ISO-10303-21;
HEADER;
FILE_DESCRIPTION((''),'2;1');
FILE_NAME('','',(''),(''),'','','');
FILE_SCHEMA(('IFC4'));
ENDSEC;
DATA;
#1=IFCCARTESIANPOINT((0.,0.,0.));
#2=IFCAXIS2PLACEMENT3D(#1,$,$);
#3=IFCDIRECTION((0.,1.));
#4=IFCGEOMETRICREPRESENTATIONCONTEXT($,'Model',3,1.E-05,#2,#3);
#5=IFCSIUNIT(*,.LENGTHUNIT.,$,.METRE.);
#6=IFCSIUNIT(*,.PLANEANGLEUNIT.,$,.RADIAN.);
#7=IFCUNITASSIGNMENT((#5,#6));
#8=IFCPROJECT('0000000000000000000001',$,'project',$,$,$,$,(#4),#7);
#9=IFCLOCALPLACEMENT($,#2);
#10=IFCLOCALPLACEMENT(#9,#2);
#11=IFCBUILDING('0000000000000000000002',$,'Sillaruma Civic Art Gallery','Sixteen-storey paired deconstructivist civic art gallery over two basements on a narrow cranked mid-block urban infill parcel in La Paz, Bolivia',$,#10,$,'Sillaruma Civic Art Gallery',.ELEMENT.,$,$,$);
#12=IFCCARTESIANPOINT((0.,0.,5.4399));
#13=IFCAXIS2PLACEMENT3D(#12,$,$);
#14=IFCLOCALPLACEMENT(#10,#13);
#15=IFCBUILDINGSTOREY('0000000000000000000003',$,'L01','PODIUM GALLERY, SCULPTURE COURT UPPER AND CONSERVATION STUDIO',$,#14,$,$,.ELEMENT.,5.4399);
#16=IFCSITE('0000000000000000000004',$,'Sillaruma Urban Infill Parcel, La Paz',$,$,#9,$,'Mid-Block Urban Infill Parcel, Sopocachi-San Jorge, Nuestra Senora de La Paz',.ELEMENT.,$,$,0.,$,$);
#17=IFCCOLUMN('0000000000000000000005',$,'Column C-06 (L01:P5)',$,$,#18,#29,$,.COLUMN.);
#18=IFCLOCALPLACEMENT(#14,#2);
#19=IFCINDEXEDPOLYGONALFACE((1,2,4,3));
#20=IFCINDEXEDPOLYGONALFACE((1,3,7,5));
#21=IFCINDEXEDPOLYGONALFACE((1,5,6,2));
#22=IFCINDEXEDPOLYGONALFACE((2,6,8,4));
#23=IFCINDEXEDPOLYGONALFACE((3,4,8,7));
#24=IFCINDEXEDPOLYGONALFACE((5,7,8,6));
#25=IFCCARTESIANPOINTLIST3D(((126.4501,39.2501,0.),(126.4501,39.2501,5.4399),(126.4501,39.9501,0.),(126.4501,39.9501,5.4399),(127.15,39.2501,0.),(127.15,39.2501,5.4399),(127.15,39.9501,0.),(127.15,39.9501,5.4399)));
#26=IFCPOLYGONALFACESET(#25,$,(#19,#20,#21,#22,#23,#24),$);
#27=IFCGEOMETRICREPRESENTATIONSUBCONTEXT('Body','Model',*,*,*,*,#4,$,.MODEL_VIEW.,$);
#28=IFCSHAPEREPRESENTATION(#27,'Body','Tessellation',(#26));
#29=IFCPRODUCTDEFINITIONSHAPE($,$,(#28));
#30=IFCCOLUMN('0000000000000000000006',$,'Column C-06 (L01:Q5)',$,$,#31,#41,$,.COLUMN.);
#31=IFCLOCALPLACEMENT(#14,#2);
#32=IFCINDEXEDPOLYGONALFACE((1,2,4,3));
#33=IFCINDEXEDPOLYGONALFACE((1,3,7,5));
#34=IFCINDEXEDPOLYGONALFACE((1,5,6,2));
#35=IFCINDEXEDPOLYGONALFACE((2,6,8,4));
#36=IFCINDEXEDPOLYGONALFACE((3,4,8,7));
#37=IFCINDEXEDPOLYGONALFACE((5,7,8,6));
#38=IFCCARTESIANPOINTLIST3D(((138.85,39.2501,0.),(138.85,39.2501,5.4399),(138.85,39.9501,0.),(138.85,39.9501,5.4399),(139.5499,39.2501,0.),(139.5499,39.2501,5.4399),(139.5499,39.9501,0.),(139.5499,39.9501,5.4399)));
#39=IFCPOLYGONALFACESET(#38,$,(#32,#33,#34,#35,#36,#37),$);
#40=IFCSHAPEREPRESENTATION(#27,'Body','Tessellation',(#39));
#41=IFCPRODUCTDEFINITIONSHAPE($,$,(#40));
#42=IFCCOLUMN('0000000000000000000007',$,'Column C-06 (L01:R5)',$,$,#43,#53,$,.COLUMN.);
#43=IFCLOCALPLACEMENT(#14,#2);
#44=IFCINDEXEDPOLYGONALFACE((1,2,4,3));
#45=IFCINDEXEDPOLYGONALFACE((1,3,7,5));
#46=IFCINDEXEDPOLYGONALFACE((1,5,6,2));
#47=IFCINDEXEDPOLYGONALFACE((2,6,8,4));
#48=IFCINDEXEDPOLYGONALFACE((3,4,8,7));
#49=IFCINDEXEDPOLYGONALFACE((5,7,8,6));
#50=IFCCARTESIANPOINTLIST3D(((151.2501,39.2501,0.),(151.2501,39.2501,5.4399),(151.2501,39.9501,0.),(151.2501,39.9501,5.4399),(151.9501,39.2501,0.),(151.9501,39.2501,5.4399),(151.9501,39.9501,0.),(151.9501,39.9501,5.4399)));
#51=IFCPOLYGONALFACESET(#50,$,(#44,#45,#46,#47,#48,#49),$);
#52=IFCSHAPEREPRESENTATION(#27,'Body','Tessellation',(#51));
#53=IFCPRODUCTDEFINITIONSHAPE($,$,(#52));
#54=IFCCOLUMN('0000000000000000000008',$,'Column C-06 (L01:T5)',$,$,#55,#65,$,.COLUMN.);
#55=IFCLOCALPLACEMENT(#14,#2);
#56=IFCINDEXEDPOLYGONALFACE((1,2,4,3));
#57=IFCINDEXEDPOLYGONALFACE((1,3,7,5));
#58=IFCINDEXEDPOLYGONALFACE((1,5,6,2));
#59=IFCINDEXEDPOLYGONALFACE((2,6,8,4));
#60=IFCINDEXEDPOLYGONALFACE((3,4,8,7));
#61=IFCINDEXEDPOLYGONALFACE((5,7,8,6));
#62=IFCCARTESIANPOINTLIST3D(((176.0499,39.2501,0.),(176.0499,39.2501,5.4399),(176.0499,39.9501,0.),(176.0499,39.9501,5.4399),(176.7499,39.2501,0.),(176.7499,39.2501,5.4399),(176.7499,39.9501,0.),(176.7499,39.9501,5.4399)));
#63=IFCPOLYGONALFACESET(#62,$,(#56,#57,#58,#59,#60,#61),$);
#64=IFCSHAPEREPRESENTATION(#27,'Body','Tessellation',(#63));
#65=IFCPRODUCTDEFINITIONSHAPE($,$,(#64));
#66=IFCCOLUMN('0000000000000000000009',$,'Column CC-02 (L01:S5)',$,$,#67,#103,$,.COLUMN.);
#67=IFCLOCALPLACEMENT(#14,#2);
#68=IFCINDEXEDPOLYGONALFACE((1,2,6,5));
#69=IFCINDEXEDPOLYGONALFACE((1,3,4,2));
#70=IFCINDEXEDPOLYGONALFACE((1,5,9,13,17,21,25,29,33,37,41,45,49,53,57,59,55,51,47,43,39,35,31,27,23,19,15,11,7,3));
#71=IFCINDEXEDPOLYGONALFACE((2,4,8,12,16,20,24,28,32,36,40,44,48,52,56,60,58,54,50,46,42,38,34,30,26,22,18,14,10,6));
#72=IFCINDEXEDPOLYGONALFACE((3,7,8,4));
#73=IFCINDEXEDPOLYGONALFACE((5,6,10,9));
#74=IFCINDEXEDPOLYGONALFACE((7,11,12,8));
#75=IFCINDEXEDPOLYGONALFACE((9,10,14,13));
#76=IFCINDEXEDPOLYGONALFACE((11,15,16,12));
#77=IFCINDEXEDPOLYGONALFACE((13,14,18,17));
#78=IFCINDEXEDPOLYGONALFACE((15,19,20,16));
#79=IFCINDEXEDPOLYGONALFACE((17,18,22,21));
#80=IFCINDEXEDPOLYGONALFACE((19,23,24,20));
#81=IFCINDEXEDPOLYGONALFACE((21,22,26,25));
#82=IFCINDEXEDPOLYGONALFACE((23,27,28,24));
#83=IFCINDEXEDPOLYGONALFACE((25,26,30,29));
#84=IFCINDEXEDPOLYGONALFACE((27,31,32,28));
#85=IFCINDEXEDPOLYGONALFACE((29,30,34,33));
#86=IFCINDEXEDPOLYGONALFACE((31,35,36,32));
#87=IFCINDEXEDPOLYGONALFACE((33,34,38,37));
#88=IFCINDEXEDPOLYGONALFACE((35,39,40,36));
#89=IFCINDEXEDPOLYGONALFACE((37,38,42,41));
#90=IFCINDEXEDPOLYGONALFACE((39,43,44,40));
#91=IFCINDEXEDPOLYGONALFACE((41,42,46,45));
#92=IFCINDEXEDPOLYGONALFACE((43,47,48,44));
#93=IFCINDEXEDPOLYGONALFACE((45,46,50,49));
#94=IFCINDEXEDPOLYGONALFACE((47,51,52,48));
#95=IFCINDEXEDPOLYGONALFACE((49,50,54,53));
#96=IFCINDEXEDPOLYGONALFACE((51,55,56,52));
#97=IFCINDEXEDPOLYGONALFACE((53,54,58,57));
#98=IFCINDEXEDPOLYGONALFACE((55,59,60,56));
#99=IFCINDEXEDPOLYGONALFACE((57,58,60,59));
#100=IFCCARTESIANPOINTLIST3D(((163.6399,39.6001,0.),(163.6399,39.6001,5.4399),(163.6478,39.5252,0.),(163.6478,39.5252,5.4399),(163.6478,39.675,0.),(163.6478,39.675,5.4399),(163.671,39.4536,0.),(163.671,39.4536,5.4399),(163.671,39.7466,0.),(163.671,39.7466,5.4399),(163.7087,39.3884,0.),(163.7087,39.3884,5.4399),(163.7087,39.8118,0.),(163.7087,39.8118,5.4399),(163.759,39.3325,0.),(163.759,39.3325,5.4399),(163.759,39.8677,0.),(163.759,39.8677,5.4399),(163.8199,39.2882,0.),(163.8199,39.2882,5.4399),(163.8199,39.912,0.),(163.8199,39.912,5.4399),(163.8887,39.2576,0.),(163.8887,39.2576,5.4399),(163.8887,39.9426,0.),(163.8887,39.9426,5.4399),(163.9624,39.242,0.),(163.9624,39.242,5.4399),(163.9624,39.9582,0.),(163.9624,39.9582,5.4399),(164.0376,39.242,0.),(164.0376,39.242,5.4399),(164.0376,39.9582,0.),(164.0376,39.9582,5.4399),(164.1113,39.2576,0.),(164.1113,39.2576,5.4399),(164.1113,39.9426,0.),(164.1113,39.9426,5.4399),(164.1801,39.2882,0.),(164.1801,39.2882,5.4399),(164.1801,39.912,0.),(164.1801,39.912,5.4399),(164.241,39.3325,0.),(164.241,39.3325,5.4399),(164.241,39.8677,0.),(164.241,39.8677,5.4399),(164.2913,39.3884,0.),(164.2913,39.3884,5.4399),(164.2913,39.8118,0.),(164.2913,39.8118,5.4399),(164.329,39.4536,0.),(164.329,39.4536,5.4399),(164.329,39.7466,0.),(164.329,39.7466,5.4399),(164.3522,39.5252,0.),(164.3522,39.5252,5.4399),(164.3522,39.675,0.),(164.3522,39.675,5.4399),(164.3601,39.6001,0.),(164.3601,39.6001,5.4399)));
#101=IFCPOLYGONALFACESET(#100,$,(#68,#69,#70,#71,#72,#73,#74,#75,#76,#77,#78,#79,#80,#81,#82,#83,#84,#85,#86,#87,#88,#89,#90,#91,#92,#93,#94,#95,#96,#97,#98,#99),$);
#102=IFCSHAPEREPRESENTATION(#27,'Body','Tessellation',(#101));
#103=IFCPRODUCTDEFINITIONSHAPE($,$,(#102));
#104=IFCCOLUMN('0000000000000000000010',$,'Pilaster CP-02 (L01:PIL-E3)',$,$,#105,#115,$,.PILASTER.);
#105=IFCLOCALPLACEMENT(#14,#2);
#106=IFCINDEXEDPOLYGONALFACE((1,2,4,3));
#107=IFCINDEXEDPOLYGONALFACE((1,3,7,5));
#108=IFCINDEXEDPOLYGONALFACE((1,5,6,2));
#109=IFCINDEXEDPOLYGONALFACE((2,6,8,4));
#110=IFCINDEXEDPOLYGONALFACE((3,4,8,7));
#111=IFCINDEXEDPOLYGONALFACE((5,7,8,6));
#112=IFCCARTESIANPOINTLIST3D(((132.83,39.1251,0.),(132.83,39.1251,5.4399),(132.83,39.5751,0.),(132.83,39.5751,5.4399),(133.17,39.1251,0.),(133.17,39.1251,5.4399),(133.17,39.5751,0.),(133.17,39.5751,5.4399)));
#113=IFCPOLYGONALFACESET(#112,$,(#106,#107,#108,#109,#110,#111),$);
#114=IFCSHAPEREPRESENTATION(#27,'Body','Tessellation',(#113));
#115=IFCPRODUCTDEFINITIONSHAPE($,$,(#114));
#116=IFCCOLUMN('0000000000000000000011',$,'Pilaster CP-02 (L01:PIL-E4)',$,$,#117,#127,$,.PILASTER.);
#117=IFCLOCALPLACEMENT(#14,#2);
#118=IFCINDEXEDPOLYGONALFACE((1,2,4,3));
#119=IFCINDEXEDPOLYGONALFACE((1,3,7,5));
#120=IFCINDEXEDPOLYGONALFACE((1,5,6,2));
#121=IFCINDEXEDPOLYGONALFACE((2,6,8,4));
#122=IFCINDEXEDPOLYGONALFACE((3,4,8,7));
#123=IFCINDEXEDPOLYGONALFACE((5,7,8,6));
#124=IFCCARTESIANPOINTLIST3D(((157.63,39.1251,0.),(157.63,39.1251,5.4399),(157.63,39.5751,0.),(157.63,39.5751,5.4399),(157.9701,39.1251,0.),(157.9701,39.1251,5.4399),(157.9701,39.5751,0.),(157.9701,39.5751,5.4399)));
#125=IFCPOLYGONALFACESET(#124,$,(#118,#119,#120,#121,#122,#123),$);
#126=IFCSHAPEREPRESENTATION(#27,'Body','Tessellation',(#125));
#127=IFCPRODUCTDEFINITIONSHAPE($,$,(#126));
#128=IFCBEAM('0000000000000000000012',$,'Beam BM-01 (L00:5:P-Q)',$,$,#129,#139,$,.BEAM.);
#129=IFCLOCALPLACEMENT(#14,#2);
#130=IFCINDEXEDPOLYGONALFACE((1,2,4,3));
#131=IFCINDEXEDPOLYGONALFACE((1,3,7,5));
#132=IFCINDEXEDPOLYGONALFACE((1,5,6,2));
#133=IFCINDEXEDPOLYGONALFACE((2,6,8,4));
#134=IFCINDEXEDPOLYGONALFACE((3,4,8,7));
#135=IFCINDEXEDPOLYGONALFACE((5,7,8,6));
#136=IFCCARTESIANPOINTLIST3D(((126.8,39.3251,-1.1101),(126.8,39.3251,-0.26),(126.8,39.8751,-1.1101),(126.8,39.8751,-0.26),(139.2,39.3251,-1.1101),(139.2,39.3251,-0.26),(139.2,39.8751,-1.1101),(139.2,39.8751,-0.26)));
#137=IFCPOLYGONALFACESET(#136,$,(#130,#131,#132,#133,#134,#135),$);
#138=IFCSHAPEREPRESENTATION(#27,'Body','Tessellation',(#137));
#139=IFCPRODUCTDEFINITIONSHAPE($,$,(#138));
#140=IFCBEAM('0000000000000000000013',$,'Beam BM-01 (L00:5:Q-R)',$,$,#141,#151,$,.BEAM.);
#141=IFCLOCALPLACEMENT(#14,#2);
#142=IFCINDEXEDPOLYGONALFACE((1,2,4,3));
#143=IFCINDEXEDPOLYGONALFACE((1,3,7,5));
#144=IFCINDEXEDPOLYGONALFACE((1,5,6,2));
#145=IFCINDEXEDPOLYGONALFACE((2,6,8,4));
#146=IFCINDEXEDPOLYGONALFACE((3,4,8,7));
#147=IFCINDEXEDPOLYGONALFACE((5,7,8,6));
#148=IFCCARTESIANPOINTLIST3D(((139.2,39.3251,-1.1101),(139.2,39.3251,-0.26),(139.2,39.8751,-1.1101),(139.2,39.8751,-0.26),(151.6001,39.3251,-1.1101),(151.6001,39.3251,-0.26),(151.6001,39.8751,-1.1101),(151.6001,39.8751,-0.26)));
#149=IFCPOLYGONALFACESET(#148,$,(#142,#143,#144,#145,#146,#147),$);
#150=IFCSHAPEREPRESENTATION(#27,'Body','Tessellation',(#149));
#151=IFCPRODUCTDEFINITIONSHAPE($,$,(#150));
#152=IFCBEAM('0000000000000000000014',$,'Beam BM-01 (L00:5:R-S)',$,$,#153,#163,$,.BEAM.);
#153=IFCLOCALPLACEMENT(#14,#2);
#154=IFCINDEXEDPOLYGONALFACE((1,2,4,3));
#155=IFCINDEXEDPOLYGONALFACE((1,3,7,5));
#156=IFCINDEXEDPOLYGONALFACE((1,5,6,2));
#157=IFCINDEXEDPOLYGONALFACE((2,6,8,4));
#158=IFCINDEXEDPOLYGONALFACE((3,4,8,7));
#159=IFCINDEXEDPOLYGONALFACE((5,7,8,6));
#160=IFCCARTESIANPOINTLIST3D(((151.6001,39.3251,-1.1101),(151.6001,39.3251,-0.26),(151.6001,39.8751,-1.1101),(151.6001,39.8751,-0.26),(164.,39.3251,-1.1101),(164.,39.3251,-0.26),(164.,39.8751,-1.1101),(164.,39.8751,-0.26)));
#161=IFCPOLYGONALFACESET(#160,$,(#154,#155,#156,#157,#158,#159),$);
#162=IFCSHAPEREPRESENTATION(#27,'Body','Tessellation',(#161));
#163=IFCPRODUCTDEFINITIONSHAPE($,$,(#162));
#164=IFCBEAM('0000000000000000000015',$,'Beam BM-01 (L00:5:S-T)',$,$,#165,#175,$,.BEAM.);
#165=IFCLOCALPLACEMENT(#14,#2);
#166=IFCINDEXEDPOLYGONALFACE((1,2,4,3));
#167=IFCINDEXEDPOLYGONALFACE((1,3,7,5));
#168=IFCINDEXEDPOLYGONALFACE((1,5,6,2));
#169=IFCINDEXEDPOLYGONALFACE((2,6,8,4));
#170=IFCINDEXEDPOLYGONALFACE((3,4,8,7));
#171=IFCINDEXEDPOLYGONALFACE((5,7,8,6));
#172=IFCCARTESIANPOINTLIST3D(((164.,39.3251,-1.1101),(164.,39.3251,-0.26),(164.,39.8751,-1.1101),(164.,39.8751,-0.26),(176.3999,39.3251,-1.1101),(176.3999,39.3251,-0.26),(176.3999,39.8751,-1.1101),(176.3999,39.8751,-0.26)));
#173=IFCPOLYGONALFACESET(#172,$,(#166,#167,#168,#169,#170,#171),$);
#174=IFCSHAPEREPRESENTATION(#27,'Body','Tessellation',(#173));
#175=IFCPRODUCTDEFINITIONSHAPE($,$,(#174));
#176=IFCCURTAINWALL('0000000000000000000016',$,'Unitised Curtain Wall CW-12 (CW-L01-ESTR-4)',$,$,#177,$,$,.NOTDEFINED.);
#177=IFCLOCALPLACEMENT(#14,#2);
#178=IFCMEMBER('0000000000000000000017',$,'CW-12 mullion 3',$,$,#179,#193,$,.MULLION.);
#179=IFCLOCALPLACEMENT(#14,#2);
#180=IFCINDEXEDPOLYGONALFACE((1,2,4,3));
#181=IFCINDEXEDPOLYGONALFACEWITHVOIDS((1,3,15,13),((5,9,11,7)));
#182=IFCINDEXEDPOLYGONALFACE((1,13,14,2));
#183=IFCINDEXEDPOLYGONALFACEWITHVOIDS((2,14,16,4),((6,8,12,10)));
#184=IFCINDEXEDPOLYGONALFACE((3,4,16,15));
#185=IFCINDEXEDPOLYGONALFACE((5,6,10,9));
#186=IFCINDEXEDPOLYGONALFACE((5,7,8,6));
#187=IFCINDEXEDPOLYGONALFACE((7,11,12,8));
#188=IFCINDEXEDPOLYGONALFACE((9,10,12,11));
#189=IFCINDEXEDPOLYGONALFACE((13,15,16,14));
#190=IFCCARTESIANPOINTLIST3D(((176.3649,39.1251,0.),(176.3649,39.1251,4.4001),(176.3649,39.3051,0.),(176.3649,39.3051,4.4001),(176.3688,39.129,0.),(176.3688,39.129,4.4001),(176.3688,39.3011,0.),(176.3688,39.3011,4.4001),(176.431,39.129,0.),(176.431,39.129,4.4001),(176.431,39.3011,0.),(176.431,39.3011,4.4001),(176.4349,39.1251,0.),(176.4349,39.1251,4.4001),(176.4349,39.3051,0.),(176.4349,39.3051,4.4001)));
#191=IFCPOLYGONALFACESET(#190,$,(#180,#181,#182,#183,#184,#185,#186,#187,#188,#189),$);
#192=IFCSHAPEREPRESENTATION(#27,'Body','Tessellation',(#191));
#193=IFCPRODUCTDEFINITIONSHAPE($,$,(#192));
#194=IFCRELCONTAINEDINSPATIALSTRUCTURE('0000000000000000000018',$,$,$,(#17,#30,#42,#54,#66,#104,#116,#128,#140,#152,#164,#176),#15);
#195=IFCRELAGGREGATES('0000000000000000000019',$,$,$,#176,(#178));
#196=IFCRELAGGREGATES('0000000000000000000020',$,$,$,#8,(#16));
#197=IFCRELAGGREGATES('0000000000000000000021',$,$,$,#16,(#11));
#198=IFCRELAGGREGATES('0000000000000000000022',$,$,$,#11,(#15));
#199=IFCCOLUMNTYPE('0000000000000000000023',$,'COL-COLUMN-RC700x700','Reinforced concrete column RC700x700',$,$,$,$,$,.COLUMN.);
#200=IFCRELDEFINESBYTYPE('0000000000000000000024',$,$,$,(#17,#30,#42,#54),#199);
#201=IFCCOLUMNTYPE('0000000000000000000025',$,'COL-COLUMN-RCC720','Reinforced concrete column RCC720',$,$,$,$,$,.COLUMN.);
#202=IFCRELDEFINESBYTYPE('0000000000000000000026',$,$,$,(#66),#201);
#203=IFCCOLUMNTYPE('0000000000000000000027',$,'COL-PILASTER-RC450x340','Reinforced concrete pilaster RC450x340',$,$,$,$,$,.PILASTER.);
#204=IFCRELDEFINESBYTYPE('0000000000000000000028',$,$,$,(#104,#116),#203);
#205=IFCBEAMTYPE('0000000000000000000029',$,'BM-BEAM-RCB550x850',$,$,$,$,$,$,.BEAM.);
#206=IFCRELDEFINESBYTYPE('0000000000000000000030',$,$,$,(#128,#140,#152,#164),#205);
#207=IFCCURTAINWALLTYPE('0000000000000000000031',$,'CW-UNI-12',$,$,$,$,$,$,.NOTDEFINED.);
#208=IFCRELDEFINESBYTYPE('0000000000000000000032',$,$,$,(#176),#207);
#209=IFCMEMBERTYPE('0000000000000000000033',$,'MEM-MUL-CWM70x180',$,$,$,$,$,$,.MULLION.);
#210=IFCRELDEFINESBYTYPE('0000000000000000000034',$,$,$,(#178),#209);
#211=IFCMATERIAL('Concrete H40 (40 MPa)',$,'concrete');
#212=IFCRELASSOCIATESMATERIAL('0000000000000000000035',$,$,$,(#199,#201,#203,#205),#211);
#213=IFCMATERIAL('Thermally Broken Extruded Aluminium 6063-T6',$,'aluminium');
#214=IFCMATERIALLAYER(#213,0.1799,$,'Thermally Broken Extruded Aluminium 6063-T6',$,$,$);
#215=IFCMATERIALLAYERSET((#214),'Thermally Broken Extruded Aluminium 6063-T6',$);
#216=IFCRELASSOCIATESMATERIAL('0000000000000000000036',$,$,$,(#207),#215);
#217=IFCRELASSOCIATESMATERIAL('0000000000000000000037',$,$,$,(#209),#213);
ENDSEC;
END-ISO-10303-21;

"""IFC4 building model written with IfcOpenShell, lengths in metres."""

from ifc_helpers import new_model, si_unit, direction, frame, origin, origin_2d, place, context, subcontext, project, spatial, rectangle, hollow_rectangle, circle, extrude, material, layer, layer_set, material_profile, profile_set, type_object, element, aggregate, save


model = new_model("IFC4")

# Units and contexts
model_context = context("Model", 3, precision=1e-05, world=origin(), true_north=direction((0.0, 1.0)))
body_context = subcontext(model_context, "Body", "Model", "MODEL_VIEW")
ifc_project = project(units=[si_unit("LENGTHUNIT", "METRE"), si_unit("PLANEANGLEUNIT", "RADIAN")], contexts=[model_context])

# Site, building, storey
site_placement = place(None, origin())
site = spatial("IfcSite", under=ifc_project, at=site_placement, Name="Sillaruma Urban Infill Parcel, La Paz", LongName="Mid-Block Urban Infill Parcel, Sopocachi-San Jorge, Nuestra Senora de La Paz", CompositionType="ELEMENT", RefElevation=0.0)
building_placement = place(site_placement, origin())
building = spatial("IfcBuilding", under=site, at=building_placement, Name="Sillaruma Civic Art Gallery", Description="Sixteen-storey paired deconstructivist civic art gallery over two basements on a narrow cranked mid-block urban infill parcel in La Paz, Bolivia", LongName="Sillaruma Civic Art Gallery", CompositionType="ELEMENT")
storey_placement = place(building_placement, frame((0.0, 0.0, 5.4399)))
storey = spatial("IfcBuildingStorey", under=building, at=storey_placement, Name="L01", Description="PODIUM GALLERY, SCULPTURE COURT UPPER AND CONSERVATION STUDIO", CompositionType="ELEMENT", Elevation=5.4399)

# Columns
ifc_material_1 = material(Name="Concrete H40 (40 MPa)", Category="concrete")
ifc_material_profile_1 = material_profile(ifc_material_1, rectangle(XDim=0.7, YDim=0.7, at=origin_2d()), Name="RC700x700")
ifc_profile_set_1 = profile_set([ifc_material_profile_1], Name="Concrete H40 (40 MPa)")
column_type_1 = type_object("IfcColumnType", Name="COL-COLUMN-RC700x700", Description="Reinforced concrete column RC700x700", PredefinedType="COLUMN", material=ifc_profile_set_1)
for number, where, z_axis, x_axis, name in (
    (1, (126.8, 39.6001, 0.0), (0.0, 0.0, 1.0), (1.0, 0.0, 0.0), "Column C-06 (L01:P5)"),
    (2, (139.2, 39.6001, 0.0), (0.0, 0.0, 1.0), (1.0, 0.0, 0.0), "Column C-06 (L01:Q5)"),
    (3, (151.6001, 39.6001, 0.0), (0.0, 0.0, 1.0), (1.0, 0.0, 0.0), "Column C-06 (L01:R5)"),
    (4, (176.3999, 39.6001, 0.0), (0.0, 0.0, 1.0), (1.0, 0.0, 0.0), "Column C-06 (L01:T5)"),
):
    element("IfcColumn", number, at=place(storey_placement, frame(where, z_axis=z_axis, x_axis=x_axis)), inside=storey, type_object=column_type_1, Name=name, PredefinedType="COLUMN", context=body_context, shape_type="SweptSolid", body=[
        extrude(rectangle(XDim=0.7, YDim=0.7, at=origin_2d()), origin(), (0.0, 0.0, 1.0), 5.4399),
    ])
ifc_material_profile_2 = material_profile(ifc_material_1, circle(Radius=0.3601, at=origin_2d()), Name="RCC720")
ifc_profile_set_2 = profile_set([ifc_material_profile_2], Name="Concrete H40 (40 MPa)")
column_type_2 = type_object("IfcColumnType", Name="COL-COLUMN-RCC720", Description="Reinforced concrete column RCC720", PredefinedType="COLUMN", material=ifc_profile_set_2)
column_placement = place(storey_placement, frame((164.0, 39.6001, 0.0), z_axis=(0.0, 0.0, 1.0), x_axis=(1.0, 0.0, 0.0)))
element("IfcColumn", 5, at=column_placement, inside=storey, type_object=column_type_2, Name="Column CC-02 (L01:S5)", PredefinedType="COLUMN", context=body_context, shape_type="SweptSolid", body=[
    extrude(circle(Radius=0.3601, at=origin_2d()), origin(), (0.0, 0.0, 1.0), 5.4399),
])
ifc_material_profile_3 = material_profile(ifc_material_1, rectangle(XDim=0.3401, YDim=0.45, at=origin_2d()), Name="RC450x340")
ifc_profile_set_3 = profile_set([ifc_material_profile_3], Name="Concrete H40 (40 MPa)")
column_type_3 = type_object("IfcColumnType", Name="COL-PILASTER-RC450x340", Description="Reinforced concrete pilaster RC450x340", PredefinedType="PILASTER", material=ifc_profile_set_3)
for number, where, z_axis, x_axis, name in (
    (6, (133.0, 39.3501, 0.0), (0.0, 0.0, 1.0), (1.0, 0.0, 0.0), "Pilaster CP-02 (L01:PIL-E3)"),
    (7, (157.8, 39.3501, 0.0), (0.0, 0.0, 1.0), (1.0, 0.0, 0.0), "Pilaster CP-02 (L01:PIL-E4)"),
):
    element("IfcColumn", number, at=place(storey_placement, frame(where, z_axis=z_axis, x_axis=x_axis)), inside=storey, type_object=column_type_3, Name=name, PredefinedType="PILASTER", context=body_context, shape_type="SweptSolid", body=[
        extrude(rectangle(XDim=0.3401, YDim=0.45, at=origin_2d()), origin(), (0.0, 0.0, 1.0), 5.4399),
    ])

# Beams
ifc_material_profile_4 = material_profile(ifc_material_1, rectangle(XDim=0.55, YDim=0.8501, at=origin_2d()), Name="RCB550x850")
ifc_profile_set_4 = profile_set([ifc_material_profile_4], Name="Concrete H40 (40 MPa)")
beam_type = type_object("IfcBeamType", Name="BM-BEAM-RCB550x850", PredefinedType="BEAM", material=ifc_profile_set_4)
beam_1_placement = place(storey_placement, frame((126.8, 39.6001, -0.6851), z_axis=(1.0, 0.0, 0.0), x_axis=(0.0, 1.0, 0.0)))
element("IfcBeam", 8, at=beam_1_placement, inside=storey, type_object=beam_type, Name="Beam BM-01 (L00:5:P-Q)", PredefinedType="BEAM", context=body_context, shape_type="SweptSolid", body=[
    extrude(rectangle(XDim=0.55, YDim=0.8501, at=origin_2d()), origin(), (0.0, 0.0, 1.0), 12.3999),
])
beam_2_placement = place(storey_placement, frame((139.2, 39.6001, -0.6851), z_axis=(1.0, 0.0, 0.0), x_axis=(0.0, 1.0, 0.0)))
element("IfcBeam", 9, at=beam_2_placement, inside=storey, type_object=beam_type, Name="Beam BM-01 (L00:5:Q-R)", PredefinedType="BEAM", context=body_context, shape_type="SweptSolid", body=[
    extrude(rectangle(XDim=0.55, YDim=0.8501, at=origin_2d()), origin(), (0.0, 0.0, 1.0), 12.4001),
])
for number, where, z_axis, x_axis, name in (
    (10, (151.6001, 39.6001, -0.6851), (1.0, 0.0, 0.0), (0.0, 1.0, 0.0), "Beam BM-01 (L00:5:R-S)"),
    (11, (164.0, 39.6001, -0.6851), (1.0, 0.0, 0.0), (0.0, 1.0, 0.0), "Beam BM-01 (L00:5:S-T)"),
):
    element("IfcBeam", number, at=place(storey_placement, frame(where, z_axis=z_axis, x_axis=x_axis)), inside=storey, type_object=beam_type, Name=name, PredefinedType="BEAM", context=body_context, shape_type="SweptSolid", body=[
        extrude(rectangle(XDim=0.55, YDim=0.8501, at=origin_2d()), origin(), (0.0, 0.0, 1.0), 12.3999),
    ])

# Curtain wall, member
ifc_material_2 = material(Name="Thermally Broken Extruded Aluminium 6063-T6", Category="aluminium")
ifc_layer_1 = layer(ifc_material_2, 0.1799, Name="Thermally Broken Extruded Aluminium 6063-T6")
ifc_layer_set_1 = layer_set([ifc_layer_1], Name="Thermally Broken Extruded Aluminium 6063-T6")
curtain_wall_type_1 = type_object("IfcCurtainWallType", Name="CW-UNI-12", PredefinedType="NOTDEFINED", material=ifc_layer_set_1)
curtain_wall_1_placement = place(storey_placement, origin())
curtain_wall_1 = element("IfcCurtainWall", 12, at=curtain_wall_1_placement, inside=storey, type_object=curtain_wall_type_1, Name="Unitised Curtain Wall CW-12 (CW-L01-ESTR-4)", PredefinedType="NOTDEFINED")
ifc_material_profile_5 = material_profile(ifc_material_2, hollow_rectangle(XDim=0.0701, YDim=0.1799, WallThickness=0.0039, at=origin_2d()), Name="CWM70x180")
ifc_profile_set_5 = profile_set([ifc_material_profile_5], Name="Thermally Broken Extruded Aluminium 6063-T6")
member_type_1 = type_object("IfcMemberType", Name="MEM-MUL-CWM70x180", PredefinedType="MULLION", material=ifc_profile_set_5)
member_1_placement = place(storey_placement, frame((176.3999, 39.2151, 0.0), z_axis=(0.0, 0.0, 1.0), x_axis=(-1.0, 0.0, 0.0)))
member_1 = element("IfcMember", 13, at=member_1_placement, type_object=member_type_1, Name="CW-12 mullion 3", PredefinedType="MULLION", context=body_context, shape_type="SweptSolid", body=[
    extrude(hollow_rectangle(XDim=0.0701, YDim=0.1799, WallThickness=0.0039, at=origin_2d()), origin(), (0.0, 0.0, 1.0), 4.4001),
])

aggregate(curtain_wall_1, [member_1])

save(model, "model.ifc")
